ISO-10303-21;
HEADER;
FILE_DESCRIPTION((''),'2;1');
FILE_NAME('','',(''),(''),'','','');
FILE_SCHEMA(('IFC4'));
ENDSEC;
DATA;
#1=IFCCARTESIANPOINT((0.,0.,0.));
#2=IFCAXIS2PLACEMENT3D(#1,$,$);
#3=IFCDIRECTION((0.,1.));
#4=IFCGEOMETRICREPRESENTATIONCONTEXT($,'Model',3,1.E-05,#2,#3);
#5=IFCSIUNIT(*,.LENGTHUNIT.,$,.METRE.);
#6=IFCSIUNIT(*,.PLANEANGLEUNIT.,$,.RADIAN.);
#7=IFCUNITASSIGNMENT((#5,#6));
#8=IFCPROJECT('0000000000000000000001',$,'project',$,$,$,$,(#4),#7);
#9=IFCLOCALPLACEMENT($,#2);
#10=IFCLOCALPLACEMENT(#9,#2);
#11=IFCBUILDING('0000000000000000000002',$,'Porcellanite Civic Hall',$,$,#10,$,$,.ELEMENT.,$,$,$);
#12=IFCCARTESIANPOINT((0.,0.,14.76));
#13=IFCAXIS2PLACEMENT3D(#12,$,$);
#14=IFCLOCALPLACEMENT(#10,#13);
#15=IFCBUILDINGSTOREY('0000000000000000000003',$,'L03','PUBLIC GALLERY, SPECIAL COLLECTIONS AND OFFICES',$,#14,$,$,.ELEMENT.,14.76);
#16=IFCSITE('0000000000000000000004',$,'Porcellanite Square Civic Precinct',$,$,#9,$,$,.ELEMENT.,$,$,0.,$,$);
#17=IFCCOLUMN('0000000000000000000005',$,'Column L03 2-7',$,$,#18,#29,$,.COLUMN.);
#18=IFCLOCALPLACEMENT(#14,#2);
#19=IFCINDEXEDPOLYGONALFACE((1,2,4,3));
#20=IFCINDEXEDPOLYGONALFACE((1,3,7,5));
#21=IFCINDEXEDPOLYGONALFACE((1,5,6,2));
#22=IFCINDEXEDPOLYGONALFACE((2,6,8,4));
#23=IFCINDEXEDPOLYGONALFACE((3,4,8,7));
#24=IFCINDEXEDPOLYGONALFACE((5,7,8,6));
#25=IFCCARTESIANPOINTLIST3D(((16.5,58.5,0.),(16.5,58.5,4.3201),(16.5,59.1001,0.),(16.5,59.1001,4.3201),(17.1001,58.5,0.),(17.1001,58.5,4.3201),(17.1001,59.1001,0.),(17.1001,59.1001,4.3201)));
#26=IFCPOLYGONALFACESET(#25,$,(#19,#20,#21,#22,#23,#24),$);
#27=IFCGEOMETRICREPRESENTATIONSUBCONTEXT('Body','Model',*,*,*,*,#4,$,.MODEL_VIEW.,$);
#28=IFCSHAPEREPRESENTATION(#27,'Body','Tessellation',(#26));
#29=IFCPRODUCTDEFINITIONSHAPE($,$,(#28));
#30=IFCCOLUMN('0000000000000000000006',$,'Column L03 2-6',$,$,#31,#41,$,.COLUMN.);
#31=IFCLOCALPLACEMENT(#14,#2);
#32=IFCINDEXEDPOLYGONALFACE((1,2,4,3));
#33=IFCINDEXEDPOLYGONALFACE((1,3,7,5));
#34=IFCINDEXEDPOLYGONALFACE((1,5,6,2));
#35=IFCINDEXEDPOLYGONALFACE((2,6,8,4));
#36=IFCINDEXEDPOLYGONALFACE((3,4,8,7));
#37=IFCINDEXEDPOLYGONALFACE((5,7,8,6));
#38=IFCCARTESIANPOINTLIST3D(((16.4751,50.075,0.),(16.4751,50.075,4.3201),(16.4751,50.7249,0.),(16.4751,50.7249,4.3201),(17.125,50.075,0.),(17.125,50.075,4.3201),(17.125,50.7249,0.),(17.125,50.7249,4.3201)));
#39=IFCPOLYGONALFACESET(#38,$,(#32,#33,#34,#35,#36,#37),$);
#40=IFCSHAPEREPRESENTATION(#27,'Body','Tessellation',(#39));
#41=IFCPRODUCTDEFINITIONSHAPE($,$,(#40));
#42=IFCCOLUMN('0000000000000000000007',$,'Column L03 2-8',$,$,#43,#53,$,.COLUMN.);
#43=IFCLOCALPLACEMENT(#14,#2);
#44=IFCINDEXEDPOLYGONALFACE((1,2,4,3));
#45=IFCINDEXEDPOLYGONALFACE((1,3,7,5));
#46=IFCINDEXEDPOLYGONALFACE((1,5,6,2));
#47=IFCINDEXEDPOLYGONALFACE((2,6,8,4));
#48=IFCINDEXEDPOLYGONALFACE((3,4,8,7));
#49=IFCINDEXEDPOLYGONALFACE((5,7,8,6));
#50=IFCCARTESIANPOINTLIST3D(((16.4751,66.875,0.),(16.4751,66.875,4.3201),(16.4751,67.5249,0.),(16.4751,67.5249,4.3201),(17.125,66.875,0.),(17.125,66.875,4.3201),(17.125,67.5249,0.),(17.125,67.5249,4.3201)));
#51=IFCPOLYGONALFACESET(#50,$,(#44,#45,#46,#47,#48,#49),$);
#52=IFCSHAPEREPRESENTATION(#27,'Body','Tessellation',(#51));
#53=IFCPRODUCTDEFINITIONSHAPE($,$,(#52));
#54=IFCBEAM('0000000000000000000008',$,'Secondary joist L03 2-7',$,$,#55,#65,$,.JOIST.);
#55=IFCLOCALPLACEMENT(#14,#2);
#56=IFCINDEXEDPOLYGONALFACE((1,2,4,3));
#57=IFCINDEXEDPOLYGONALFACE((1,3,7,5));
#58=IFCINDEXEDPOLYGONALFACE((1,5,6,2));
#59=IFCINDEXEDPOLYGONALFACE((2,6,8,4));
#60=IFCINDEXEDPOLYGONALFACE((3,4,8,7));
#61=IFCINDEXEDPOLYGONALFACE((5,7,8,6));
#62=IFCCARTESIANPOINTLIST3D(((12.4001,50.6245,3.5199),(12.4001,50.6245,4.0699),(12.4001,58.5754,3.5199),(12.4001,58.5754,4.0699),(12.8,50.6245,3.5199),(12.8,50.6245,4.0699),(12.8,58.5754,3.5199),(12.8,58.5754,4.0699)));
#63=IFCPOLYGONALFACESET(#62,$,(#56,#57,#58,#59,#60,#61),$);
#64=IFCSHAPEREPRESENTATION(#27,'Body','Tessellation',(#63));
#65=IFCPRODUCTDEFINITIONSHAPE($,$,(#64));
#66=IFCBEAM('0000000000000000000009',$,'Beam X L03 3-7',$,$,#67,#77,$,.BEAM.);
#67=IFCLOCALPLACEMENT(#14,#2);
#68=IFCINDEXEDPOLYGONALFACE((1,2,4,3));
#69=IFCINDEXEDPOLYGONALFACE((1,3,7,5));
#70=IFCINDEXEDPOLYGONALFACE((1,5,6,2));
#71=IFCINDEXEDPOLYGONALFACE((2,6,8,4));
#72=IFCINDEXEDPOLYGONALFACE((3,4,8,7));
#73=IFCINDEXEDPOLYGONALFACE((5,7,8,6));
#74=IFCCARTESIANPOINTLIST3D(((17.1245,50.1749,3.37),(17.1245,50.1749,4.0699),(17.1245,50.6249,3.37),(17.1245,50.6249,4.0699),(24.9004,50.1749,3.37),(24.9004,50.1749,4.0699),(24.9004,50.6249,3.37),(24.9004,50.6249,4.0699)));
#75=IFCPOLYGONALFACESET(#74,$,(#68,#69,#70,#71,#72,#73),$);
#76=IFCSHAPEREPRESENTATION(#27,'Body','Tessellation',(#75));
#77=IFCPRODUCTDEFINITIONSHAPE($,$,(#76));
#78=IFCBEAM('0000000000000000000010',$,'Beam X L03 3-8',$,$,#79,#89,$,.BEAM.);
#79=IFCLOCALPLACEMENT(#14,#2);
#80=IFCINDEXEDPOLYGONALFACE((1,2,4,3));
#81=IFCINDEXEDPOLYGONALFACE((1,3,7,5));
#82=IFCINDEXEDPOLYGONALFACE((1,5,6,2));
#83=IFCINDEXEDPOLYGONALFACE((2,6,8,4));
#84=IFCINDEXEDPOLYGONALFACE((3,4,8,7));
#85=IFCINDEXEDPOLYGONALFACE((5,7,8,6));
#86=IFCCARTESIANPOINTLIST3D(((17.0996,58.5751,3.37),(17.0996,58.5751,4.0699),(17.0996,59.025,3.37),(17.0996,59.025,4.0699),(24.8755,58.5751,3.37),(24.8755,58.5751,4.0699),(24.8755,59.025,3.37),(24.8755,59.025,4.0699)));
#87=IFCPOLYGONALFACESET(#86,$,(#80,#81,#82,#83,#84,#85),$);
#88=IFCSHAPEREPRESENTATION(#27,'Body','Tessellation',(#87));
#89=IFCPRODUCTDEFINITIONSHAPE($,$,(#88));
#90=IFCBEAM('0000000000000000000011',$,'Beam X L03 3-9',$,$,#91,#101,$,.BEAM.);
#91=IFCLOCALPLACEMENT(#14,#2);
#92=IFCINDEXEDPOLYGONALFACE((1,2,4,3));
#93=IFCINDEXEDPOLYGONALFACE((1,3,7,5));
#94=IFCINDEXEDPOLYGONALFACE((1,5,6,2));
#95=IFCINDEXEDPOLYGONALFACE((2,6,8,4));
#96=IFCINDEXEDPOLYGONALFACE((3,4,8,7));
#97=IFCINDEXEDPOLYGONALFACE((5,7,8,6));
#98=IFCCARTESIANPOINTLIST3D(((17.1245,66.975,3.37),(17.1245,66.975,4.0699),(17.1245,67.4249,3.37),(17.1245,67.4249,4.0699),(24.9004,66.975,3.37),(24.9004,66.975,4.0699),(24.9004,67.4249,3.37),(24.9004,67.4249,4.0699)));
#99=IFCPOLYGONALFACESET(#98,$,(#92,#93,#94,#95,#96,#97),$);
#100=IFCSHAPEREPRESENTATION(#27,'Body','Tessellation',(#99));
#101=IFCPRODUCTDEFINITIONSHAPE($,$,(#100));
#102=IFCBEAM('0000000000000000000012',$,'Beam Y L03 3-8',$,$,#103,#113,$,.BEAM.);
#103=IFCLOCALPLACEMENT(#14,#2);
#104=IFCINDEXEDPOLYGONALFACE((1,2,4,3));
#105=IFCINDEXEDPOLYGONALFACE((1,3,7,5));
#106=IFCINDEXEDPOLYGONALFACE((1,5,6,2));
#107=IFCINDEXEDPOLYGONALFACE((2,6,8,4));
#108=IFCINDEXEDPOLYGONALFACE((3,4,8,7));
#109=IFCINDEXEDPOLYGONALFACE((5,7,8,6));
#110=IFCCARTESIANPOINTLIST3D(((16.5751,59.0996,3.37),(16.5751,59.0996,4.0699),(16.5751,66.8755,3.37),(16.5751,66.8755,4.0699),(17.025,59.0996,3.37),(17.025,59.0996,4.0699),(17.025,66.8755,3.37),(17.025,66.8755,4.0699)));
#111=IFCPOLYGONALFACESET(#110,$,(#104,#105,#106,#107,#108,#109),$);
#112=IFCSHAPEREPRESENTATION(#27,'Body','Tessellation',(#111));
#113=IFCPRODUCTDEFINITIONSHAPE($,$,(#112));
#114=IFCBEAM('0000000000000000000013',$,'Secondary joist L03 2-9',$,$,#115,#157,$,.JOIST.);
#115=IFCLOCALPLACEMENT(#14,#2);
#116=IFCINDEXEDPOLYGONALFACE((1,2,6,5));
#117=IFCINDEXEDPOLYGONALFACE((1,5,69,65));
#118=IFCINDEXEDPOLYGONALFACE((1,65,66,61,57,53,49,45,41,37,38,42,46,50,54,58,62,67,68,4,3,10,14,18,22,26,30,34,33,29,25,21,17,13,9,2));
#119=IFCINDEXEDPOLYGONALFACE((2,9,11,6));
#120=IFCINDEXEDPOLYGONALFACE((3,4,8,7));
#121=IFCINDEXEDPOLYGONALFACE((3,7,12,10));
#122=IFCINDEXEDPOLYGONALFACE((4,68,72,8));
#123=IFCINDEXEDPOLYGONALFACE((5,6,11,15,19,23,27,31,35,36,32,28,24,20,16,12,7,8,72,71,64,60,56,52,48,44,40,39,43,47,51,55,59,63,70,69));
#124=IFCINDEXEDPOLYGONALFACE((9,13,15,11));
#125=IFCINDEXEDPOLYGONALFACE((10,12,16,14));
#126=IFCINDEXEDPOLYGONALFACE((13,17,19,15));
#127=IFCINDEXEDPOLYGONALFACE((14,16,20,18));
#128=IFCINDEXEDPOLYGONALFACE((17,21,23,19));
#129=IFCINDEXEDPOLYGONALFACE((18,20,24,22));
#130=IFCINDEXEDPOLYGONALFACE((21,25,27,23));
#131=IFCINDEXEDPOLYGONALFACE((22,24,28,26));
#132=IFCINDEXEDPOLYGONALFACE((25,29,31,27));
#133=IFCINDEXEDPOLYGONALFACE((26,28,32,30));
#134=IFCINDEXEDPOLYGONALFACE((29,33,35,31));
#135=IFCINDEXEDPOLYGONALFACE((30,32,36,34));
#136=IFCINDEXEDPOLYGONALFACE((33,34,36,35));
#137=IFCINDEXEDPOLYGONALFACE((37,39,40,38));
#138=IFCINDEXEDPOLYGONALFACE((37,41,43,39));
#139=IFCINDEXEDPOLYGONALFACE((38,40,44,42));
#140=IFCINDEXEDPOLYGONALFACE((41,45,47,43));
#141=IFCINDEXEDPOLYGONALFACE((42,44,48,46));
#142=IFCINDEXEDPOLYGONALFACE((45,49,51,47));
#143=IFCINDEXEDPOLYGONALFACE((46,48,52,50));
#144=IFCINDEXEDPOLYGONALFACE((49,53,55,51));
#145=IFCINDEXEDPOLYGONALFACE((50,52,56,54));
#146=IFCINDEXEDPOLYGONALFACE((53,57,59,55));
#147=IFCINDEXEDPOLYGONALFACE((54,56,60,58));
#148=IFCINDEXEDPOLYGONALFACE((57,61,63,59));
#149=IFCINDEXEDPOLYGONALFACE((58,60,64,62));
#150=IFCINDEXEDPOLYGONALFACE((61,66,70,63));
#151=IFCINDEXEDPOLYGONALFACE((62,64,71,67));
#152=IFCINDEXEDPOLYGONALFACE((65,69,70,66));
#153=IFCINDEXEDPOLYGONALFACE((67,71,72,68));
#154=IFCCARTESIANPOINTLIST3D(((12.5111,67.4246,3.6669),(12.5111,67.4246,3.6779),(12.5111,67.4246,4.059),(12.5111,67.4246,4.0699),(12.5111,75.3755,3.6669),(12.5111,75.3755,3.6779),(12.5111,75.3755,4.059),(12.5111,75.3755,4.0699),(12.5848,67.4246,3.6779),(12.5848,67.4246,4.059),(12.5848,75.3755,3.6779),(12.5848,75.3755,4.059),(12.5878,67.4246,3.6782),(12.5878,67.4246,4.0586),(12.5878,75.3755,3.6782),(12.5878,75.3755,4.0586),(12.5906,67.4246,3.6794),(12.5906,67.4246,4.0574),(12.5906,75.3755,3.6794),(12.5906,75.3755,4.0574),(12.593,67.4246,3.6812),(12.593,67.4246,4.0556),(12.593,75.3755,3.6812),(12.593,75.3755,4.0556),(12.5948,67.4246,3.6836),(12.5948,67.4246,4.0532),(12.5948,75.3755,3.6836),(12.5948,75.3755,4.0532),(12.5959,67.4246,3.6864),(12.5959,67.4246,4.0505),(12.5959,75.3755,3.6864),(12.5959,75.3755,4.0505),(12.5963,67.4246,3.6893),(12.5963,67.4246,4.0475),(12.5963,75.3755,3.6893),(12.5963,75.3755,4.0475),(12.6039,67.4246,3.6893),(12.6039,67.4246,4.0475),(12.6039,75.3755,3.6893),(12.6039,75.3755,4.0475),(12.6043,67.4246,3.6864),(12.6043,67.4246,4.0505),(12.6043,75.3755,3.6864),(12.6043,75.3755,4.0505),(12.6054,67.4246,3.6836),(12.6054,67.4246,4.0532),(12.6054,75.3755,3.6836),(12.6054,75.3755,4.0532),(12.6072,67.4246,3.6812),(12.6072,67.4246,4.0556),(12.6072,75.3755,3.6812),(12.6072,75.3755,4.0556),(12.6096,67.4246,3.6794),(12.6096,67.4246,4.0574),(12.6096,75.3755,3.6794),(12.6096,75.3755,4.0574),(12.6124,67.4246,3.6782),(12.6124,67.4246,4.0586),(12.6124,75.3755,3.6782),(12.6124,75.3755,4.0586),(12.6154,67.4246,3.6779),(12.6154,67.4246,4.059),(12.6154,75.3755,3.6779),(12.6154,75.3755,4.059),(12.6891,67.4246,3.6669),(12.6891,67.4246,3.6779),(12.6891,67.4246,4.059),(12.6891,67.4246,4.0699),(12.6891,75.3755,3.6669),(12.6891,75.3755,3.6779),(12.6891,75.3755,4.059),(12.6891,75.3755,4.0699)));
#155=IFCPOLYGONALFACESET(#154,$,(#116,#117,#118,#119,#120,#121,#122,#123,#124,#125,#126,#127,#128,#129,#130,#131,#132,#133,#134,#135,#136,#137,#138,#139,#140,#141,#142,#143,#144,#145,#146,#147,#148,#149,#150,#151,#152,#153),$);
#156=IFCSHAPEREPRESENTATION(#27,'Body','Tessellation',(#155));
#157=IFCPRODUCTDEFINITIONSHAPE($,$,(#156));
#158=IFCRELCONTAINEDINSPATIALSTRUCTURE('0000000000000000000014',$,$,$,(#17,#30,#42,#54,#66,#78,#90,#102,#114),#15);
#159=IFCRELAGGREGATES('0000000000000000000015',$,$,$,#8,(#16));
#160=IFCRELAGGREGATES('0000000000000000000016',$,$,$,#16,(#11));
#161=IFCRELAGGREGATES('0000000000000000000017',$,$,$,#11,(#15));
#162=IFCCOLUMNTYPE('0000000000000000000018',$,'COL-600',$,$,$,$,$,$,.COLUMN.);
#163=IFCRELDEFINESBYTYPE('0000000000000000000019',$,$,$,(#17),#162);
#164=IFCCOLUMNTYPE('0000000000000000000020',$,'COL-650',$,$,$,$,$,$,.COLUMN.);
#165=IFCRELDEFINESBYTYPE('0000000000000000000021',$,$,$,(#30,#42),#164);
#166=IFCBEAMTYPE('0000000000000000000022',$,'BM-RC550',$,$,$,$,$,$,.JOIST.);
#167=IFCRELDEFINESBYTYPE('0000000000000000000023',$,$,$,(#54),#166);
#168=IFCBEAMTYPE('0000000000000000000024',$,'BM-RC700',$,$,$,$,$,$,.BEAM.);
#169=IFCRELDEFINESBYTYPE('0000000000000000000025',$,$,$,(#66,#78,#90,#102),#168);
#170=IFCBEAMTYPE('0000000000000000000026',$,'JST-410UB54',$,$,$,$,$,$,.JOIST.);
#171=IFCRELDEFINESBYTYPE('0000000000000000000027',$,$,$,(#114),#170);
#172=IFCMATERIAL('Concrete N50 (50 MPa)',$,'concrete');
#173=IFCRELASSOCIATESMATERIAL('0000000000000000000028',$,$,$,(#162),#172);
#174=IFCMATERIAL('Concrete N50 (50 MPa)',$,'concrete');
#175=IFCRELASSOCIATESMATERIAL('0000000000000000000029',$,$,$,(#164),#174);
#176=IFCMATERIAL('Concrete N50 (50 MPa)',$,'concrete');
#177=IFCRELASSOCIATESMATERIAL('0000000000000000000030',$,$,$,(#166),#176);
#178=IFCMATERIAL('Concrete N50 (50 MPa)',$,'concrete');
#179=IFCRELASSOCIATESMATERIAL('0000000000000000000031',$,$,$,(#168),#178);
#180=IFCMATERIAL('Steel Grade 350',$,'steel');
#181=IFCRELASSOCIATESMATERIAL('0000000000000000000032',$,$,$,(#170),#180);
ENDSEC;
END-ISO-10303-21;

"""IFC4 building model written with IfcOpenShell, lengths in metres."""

from ifc_helpers import new_model, si_unit, direction, frame, origin, origin_2d, place, context, subcontext, project, spatial, rectangle, i_section, extrude, material, material_profile, profile_set, type_object, element, save


model = new_model("IFC4")

# Units and contexts
model_context = context("Model", 3, precision=1e-05, world=origin(), true_north=direction((0.0, 1.0)))
body_context = subcontext(model_context, "Body", "Model", "MODEL_VIEW")
ifc_project = project(units=[si_unit("LENGTHUNIT", "METRE"), si_unit("PLANEANGLEUNIT", "RADIAN")], contexts=[model_context])

# Site, building, storey
site_placement = place(None, origin())
site = spatial("IfcSite", under=ifc_project, at=site_placement, Name="Porcellanite Square Civic Precinct", CompositionType="ELEMENT", RefElevation=0.0)
building_placement = place(site_placement, origin())
building = spatial("IfcBuilding", under=site, at=building_placement, Name="Porcellanite Civic Hall", CompositionType="ELEMENT")
storey_placement = place(building_placement, frame((0.0, 0.0, 14.76)))
storey = spatial("IfcBuildingStorey", under=building, at=storey_placement, Name="L03", Description="PUBLIC GALLERY, SPECIAL COLLECTIONS AND OFFICES", CompositionType="ELEMENT", Elevation=14.76)

# Columns
ifc_material_1 = material(Name="Concrete N50 (50 MPa)", Category="concrete")
ifc_material_profile_1 = material_profile(ifc_material_1, rectangle(XDim=0.6001, YDim=0.6001, at=origin_2d()), Name="RC-600x600")
ifc_profile_set_1 = profile_set([ifc_material_profile_1], Name="Concrete N50 (50 MPa)")
column_type_1 = type_object("IfcColumnType", Name="COL-600", PredefinedType="COLUMN", material=ifc_profile_set_1)
column_placement = place(storey_placement, frame((16.8, 58.8, 0.0), z_axis=(0.0, 0.0, 1.0), x_axis=(1.0, 0.0, 0.0)))
element("IfcColumn", 1, at=column_placement, inside=storey, type_object=column_type_1, Name="Column L03 2-7", PredefinedType="COLUMN", context=body_context, shape_type="SweptSolid", body=[
    extrude(rectangle(XDim=0.6001, YDim=0.6001, at=origin_2d()), origin(), (0.0, 0.0, 1.0), 4.3201),
])
ifc_material_2 = material(Name="Concrete N50 (50 MPa)", Category="concrete")
ifc_material_profile_2 = material_profile(ifc_material_2, rectangle(XDim=0.6499, YDim=0.6499, at=origin_2d()), Name="RC-650x650")
ifc_profile_set_2 = profile_set([ifc_material_profile_2], Name="Concrete N50 (50 MPa)")
column_type_2 = type_object("IfcColumnType", Name="COL-650", PredefinedType="COLUMN", material=ifc_profile_set_2)
for number, where, z_axis, x_axis, name in (
    (2, (16.8, 50.3999, 0.0), (0.0, 0.0, 1.0), (1.0, 0.0, 0.0), "Column L03 2-6"),
    (3, (16.8, 67.2, 0.0), (0.0, 0.0, 1.0), (1.0, 0.0, 0.0), "Column L03 2-8"),
):
    element("IfcColumn", number, at=place(storey_placement, frame(where, z_axis=z_axis, x_axis=x_axis)), inside=storey, type_object=column_type_2, Name=name, PredefinedType="COLUMN", context=body_context, shape_type="SweptSolid", body=[
        extrude(rectangle(XDim=0.6499, YDim=0.6499, at=origin_2d()), origin(), (0.0, 0.0, 1.0), 4.3201),
    ])

# Beams
ifc_material_3 = material(Name="Concrete N50 (50 MPa)", Category="concrete")
ifc_material_profile_3 = material_profile(ifc_material_3, rectangle(XDim=0.3999, YDim=0.55, at=origin_2d()), Name="RC-400x550")
ifc_profile_set_3 = profile_set([ifc_material_profile_3], Name="Concrete N50 (50 MPa)")
beam_type_1 = type_object("IfcBeamType", Name="BM-RC550", PredefinedType="JOIST", material=ifc_profile_set_3)
beam_1_placement = place(storey_placement, frame((12.6001, 50.6245, 3.7949), z_axis=(0.0, 1.0, 0.0), x_axis=(-1.0, 0.0, 0.0)))
element("IfcBeam", 4, at=beam_1_placement, inside=storey, type_object=beam_type_1, Name="Secondary joist L03 2-7", PredefinedType="JOIST", context=body_context, shape_type="SweptSolid", body=[
    extrude(rectangle(XDim=0.3999, YDim=0.55, at=origin_2d()), origin(), (0.0, 0.0, 1.0), 7.9509),
])
ifc_material_4 = material(Name="Concrete N50 (50 MPa)", Category="concrete")
ifc_material_profile_4 = material_profile(ifc_material_4, rectangle(XDim=0.45, YDim=0.7, at=origin_2d()), Name="RC-450x700")
ifc_profile_set_4 = profile_set([ifc_material_profile_4], Name="Concrete N50 (50 MPa)")
beam_type_2 = type_object("IfcBeamType", Name="BM-RC700", PredefinedType="BEAM", material=ifc_profile_set_4)
for number, where, z_axis, x_axis, name in (
    (5, (17.1245, 50.3999, 3.72), (1.0, 0.0, 0.0), (0.0, 1.0, 0.0), "Beam X L03 3-7"),
    (6, (17.0996, 58.8, 3.72), (1.0, 0.0, 0.0), (0.0, 1.0, 0.0), "Beam X L03 3-8"),
    (7, (17.1245, 67.2, 3.72), (1.0, 0.0, 0.0), (0.0, 1.0, 0.0), "Beam X L03 3-9"),
    (8, (16.8, 59.0996, 3.72), (0.0, 1.0, 0.0), (-1.0, 0.0, 0.0), "Beam Y L03 3-8"),
):
    element("IfcBeam", number, at=place(storey_placement, frame(where, z_axis=z_axis, x_axis=x_axis)), inside=storey, type_object=beam_type_2, Name=name, PredefinedType="BEAM", context=body_context, shape_type="SweptSolid", body=[
        extrude(rectangle(XDim=0.45, YDim=0.7, at=origin_2d()), origin(), (0.0, 0.0, 1.0), 7.7759),
    ])
ifc_material_5 = material(Name="Steel Grade 350", Category="steel")
ifc_material_profile_5 = material_profile(ifc_material_5, i_section(OverallWidth=0.178, OverallDepth=0.4031, WebThickness=0.0076, FlangeThickness=0.011, FilletRadius=0.0115, at=origin_2d()), Name="410UB53.7")
ifc_profile_set_5 = profile_set([ifc_material_profile_5], Name="Steel Grade 350")
beam_type_3 = type_object("IfcBeamType", Name="JST-410UB54", PredefinedType="JOIST", material=ifc_profile_set_5)
beam_2_placement = place(storey_placement, frame((12.6001, 67.4246, 3.8684), z_axis=(0.0, 1.0, 0.0), x_axis=(-1.0, 0.0, 0.0)))
element("IfcBeam", 9, at=beam_2_placement, inside=storey, type_object=beam_type_3, Name="Secondary joist L03 2-9", PredefinedType="JOIST", context=body_context, shape_type="SweptSolid", body=[
    extrude(i_section(OverallWidth=0.178, OverallDepth=0.4031, WebThickness=0.0076, FlangeThickness=0.011, FilletRadius=0.0115, at=origin_2d()), origin(), (0.0, 0.0, 1.0), 7.9509),
])

save(model, "model.ifc")
